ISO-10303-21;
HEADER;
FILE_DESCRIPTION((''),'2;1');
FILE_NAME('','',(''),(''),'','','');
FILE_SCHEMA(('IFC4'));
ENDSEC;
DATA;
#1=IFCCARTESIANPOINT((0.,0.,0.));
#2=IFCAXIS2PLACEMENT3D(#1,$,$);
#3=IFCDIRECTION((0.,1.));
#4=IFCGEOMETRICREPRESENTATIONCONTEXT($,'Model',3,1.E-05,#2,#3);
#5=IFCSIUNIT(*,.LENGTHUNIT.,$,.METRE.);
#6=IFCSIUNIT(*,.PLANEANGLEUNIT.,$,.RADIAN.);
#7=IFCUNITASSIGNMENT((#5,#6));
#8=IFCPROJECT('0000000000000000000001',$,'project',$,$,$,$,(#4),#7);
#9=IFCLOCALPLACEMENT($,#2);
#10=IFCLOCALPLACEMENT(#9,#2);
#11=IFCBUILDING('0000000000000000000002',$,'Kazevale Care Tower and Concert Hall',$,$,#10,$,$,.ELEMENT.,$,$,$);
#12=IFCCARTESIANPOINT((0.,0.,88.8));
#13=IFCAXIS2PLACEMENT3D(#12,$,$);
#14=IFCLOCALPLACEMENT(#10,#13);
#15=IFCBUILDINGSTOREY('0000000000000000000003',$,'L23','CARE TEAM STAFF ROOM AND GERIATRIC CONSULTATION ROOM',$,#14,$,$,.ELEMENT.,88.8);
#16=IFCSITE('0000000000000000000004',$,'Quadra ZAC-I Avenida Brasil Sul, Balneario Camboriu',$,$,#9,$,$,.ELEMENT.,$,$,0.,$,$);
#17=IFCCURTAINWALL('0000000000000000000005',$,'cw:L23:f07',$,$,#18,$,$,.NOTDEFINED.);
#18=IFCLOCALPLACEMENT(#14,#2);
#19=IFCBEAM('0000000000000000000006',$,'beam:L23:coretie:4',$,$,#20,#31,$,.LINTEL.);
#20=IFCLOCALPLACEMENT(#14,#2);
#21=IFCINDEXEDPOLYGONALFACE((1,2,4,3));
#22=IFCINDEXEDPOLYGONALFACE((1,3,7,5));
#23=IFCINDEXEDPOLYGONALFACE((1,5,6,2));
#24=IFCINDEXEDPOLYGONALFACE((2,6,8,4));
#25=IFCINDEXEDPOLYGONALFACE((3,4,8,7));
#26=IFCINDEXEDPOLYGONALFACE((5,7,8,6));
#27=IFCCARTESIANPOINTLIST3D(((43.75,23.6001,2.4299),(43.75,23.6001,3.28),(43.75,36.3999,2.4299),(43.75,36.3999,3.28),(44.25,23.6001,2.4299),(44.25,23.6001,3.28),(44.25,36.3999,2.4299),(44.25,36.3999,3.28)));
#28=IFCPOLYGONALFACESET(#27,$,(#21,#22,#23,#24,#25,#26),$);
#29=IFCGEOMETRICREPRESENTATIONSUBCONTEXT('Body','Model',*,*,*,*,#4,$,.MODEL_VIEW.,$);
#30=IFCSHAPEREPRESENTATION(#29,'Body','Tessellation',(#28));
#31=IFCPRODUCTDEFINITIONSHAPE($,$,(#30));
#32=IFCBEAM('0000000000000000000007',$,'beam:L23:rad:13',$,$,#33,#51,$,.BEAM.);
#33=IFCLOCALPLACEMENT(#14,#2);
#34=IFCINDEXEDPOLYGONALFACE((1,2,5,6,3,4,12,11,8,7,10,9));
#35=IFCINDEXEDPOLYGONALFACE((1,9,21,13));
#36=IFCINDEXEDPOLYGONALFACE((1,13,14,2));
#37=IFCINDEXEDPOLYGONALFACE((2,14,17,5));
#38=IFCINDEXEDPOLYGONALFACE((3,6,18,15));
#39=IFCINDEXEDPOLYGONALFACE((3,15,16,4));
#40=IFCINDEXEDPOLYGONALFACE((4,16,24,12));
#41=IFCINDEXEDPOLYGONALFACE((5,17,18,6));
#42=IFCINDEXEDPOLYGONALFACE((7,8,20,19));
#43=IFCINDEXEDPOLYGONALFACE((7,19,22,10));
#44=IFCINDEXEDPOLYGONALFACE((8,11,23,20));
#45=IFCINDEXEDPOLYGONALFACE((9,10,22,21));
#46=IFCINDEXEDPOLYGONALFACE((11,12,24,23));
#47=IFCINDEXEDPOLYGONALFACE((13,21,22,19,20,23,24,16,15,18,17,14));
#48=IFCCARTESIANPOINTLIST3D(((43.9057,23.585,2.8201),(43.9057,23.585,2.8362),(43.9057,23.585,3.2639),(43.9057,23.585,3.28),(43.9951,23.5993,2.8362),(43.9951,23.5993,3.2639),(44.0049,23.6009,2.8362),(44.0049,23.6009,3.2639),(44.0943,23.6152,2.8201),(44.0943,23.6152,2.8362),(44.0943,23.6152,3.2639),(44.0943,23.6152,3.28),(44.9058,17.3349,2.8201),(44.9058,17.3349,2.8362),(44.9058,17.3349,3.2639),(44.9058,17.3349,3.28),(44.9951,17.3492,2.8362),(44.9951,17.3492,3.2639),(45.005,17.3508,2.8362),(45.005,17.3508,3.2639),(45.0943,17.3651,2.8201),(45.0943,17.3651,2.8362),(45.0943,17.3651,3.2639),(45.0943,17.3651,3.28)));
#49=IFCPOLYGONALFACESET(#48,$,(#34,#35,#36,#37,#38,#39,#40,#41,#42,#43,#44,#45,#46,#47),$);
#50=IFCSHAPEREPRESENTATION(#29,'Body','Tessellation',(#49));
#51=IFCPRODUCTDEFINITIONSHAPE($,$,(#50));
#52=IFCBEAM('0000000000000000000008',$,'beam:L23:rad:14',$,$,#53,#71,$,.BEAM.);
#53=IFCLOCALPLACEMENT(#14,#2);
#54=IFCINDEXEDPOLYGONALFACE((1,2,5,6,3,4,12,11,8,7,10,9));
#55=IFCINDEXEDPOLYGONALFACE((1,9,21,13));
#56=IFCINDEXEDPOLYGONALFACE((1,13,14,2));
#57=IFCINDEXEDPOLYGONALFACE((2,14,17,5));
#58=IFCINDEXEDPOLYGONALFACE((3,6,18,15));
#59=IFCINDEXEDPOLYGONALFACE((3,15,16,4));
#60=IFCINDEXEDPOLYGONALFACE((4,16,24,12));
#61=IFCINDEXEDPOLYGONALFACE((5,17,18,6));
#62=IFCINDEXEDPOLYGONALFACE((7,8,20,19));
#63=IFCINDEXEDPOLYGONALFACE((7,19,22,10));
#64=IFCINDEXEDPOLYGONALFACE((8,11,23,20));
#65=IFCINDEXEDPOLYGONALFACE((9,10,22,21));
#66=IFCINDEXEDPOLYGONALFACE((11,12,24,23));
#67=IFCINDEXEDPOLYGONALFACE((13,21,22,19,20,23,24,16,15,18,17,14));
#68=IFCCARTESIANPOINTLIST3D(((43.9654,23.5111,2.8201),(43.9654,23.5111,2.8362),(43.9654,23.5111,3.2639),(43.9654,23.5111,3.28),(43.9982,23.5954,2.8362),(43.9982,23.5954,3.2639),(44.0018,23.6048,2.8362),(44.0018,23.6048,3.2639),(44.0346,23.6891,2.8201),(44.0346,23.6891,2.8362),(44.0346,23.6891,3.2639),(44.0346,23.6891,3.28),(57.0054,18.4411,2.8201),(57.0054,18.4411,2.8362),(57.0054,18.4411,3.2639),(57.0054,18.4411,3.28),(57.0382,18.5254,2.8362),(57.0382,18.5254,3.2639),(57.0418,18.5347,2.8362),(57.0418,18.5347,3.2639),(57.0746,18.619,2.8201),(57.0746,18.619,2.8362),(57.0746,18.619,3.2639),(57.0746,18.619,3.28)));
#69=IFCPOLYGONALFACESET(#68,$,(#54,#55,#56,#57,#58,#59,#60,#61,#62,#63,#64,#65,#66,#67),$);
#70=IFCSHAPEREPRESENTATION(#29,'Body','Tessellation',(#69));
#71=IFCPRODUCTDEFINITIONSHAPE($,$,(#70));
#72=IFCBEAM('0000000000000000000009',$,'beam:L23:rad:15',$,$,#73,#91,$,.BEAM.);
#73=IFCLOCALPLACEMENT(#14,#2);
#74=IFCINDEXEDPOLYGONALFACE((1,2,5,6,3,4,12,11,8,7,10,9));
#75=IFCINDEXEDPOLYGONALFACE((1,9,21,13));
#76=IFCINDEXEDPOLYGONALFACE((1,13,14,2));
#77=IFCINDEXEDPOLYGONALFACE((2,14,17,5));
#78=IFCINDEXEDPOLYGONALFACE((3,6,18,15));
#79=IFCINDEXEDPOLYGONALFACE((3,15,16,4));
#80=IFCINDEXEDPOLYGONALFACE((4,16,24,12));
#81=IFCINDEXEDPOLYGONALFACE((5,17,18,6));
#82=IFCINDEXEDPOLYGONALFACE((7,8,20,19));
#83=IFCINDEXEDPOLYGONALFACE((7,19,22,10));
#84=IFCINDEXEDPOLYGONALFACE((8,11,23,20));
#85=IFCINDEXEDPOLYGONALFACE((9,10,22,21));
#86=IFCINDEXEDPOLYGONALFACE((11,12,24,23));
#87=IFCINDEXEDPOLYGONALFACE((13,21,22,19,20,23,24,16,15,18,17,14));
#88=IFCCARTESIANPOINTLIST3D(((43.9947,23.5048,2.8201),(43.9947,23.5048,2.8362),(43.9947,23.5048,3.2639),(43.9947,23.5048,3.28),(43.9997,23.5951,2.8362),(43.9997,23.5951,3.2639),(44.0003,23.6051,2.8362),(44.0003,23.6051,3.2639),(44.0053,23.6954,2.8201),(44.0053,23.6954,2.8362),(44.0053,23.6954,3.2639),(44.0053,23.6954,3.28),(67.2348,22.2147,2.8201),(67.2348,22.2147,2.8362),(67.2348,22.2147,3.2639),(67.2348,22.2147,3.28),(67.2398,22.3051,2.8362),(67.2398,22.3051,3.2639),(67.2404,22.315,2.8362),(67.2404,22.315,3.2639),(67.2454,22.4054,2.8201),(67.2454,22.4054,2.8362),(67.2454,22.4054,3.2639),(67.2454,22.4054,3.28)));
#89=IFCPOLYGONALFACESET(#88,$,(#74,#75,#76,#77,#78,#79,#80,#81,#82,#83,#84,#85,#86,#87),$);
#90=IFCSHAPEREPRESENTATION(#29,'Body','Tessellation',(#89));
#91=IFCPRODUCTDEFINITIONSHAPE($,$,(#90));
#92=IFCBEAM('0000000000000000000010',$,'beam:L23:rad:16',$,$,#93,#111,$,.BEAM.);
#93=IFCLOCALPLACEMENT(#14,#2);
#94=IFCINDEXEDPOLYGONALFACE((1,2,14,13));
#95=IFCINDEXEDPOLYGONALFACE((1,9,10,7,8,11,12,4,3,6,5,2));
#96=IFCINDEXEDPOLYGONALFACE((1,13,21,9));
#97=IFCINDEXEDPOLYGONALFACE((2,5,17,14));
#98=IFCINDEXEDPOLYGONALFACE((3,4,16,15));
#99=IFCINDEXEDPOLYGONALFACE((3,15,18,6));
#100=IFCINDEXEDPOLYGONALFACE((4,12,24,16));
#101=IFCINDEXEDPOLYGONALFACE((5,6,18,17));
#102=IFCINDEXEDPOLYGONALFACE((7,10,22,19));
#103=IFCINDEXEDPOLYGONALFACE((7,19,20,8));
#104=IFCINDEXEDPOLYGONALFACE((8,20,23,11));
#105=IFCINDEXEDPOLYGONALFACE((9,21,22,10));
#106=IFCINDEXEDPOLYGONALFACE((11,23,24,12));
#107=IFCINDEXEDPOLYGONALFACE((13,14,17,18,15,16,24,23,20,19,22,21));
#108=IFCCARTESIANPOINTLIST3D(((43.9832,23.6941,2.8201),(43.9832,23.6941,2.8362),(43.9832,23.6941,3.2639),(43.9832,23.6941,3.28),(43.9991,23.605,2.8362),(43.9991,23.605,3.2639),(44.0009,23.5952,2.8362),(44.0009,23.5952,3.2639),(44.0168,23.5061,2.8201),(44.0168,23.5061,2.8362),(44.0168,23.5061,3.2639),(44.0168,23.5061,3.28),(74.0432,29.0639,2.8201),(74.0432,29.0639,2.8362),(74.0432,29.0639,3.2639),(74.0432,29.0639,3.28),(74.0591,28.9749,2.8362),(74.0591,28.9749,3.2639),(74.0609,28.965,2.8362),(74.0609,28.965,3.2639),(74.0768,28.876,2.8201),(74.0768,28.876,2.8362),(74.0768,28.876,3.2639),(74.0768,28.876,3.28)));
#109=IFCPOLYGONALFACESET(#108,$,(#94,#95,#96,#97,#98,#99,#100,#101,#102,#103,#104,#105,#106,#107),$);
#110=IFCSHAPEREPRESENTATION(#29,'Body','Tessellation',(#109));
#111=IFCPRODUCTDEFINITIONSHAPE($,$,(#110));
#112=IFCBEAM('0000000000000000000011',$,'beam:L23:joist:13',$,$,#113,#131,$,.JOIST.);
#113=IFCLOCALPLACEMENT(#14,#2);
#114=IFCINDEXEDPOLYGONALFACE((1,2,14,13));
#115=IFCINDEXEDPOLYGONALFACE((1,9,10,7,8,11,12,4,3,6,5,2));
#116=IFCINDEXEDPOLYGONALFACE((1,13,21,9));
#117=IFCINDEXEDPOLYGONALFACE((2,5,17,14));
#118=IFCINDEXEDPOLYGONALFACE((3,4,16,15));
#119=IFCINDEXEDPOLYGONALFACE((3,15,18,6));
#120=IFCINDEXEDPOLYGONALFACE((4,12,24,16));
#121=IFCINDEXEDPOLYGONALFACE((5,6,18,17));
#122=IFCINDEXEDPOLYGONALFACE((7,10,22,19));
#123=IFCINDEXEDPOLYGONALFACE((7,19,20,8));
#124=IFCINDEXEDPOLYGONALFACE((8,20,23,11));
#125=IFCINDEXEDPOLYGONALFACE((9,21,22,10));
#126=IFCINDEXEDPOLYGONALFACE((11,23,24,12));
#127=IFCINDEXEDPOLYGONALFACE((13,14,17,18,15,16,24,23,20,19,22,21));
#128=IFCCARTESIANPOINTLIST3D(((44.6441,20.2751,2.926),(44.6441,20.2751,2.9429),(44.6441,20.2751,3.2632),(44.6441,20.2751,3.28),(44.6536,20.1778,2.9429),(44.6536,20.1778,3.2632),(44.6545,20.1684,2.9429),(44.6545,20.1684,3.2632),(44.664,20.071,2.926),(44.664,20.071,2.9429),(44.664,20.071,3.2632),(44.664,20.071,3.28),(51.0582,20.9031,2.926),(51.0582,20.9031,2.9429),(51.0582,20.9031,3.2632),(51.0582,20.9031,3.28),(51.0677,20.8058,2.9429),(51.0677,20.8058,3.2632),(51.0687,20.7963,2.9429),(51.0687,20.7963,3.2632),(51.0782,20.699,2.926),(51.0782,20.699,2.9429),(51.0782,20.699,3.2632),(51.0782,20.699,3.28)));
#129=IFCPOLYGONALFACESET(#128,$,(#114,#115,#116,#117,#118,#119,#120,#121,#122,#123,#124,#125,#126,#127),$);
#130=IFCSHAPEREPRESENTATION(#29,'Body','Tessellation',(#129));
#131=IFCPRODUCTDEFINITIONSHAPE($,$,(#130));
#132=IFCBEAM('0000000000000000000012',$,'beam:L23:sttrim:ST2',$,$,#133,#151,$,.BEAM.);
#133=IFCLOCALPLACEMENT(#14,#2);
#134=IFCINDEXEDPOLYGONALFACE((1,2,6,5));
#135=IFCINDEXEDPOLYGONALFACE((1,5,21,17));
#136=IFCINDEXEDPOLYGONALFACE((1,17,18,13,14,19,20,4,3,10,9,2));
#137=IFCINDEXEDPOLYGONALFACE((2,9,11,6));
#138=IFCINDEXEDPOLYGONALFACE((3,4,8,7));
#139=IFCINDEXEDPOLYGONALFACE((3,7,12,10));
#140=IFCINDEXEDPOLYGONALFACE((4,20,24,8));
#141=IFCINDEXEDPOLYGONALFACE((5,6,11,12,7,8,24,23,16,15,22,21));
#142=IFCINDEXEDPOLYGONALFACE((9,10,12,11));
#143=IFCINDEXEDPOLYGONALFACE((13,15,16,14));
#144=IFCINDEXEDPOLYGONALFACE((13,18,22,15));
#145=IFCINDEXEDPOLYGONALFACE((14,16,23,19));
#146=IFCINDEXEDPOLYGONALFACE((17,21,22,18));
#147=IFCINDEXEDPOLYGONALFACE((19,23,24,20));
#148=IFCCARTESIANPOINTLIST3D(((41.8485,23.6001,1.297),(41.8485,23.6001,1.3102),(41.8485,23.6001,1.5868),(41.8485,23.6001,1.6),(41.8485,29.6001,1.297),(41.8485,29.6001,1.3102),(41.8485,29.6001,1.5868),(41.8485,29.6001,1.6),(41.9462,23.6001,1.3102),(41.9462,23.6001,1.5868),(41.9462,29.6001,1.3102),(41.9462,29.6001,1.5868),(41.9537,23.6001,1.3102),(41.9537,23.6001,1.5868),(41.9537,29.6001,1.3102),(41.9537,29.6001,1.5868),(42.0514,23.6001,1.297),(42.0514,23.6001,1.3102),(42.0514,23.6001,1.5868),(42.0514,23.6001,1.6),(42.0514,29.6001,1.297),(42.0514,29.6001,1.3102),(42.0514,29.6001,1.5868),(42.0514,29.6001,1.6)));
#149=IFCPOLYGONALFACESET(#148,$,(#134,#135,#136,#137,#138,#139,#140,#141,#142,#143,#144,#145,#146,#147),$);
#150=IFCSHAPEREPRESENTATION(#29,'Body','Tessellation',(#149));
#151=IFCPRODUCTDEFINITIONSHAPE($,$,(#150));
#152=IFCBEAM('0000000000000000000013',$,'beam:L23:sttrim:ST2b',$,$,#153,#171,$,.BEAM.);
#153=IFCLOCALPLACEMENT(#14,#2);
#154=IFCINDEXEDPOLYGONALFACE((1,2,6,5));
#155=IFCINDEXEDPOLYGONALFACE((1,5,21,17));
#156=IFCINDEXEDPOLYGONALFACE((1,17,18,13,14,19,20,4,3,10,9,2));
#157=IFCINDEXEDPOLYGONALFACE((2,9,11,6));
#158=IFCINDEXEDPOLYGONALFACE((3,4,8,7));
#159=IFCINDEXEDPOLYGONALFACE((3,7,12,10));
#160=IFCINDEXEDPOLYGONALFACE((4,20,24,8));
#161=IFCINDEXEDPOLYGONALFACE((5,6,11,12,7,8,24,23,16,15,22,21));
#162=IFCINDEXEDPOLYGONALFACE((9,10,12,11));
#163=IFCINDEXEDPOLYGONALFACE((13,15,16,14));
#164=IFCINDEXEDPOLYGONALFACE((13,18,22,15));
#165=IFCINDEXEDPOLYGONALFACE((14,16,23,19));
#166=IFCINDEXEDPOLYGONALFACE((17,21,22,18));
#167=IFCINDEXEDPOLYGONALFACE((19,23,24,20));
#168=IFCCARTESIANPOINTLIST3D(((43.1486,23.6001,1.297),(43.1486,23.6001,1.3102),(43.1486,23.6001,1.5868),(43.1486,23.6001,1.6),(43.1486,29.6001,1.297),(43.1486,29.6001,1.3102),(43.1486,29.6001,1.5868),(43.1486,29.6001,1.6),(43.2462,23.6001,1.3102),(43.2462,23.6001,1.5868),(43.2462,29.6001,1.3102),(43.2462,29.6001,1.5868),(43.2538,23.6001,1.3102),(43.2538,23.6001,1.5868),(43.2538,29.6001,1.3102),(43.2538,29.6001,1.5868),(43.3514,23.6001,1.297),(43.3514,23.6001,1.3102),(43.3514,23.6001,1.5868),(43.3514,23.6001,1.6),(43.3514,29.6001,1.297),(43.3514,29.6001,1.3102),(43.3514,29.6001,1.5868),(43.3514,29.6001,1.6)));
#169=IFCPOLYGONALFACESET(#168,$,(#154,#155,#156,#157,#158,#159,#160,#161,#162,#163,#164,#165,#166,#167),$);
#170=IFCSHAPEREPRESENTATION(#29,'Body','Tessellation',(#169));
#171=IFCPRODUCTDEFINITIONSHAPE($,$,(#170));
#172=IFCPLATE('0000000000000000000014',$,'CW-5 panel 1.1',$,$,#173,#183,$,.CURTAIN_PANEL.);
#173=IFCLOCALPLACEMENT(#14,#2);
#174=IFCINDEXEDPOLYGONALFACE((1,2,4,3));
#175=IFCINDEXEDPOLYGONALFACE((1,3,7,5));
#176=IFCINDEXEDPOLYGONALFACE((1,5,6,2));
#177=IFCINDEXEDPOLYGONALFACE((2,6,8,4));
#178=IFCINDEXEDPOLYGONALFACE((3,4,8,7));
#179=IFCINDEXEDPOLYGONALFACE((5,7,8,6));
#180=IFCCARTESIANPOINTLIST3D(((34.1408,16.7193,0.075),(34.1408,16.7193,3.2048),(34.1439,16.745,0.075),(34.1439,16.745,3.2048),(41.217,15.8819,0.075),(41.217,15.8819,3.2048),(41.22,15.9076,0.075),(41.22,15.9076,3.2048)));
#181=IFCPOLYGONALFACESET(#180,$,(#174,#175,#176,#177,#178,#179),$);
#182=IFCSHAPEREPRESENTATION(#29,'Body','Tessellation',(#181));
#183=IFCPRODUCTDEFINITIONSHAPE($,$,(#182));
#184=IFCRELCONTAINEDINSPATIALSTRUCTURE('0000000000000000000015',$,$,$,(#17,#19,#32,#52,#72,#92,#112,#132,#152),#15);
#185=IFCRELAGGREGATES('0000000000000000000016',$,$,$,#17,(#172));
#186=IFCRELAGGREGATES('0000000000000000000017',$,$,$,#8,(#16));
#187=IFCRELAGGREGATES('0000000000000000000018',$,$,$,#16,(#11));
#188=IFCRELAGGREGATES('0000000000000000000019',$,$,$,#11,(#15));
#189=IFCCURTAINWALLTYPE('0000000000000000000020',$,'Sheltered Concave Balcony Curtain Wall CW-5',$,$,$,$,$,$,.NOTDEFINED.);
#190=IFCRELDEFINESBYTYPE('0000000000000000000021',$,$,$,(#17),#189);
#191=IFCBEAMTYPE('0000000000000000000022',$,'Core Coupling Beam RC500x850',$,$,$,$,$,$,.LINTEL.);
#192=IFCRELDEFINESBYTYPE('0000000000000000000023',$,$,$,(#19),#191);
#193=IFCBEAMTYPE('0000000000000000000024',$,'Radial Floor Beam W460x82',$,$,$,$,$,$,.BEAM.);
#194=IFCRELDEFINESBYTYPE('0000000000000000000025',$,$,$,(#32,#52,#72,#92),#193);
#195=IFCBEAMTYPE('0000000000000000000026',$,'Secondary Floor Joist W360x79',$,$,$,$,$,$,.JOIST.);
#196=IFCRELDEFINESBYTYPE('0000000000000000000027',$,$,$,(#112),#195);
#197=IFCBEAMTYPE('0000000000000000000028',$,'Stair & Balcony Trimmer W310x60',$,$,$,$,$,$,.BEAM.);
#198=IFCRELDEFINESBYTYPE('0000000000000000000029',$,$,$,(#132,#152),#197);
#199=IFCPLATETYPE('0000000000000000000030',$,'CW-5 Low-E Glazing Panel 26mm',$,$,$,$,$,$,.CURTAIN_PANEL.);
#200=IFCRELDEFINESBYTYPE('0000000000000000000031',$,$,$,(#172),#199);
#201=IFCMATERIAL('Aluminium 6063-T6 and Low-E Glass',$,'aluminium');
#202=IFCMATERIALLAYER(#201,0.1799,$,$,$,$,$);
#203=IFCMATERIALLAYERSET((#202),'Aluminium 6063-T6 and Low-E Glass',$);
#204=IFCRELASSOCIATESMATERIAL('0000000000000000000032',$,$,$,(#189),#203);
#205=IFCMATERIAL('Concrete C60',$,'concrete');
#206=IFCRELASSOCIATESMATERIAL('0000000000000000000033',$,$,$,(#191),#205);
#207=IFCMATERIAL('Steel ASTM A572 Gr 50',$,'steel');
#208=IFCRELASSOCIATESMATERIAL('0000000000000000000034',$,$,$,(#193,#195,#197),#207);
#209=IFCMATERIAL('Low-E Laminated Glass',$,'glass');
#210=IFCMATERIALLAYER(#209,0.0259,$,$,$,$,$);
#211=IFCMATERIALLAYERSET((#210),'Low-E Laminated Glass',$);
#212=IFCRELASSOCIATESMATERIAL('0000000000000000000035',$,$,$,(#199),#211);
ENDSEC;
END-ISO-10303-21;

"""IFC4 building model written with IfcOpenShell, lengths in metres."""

from ifc_helpers import new_model, si_unit, direction, frame, origin, origin_2d, place, context, subcontext, project, spatial, rectangle, i_section, extrude, material, layer, layer_set, material_profile, profile_set, type_object, element, aggregate, save


model = new_model("IFC4")

# Units and contexts
model_context = context("Model", 3, precision=1e-05, world=origin(), true_north=direction((0.0, 1.0)))
body_context = subcontext(model_context, "Body", "Model", "MODEL_VIEW")
ifc_project = project(units=[si_unit("LENGTHUNIT", "METRE"), si_unit("PLANEANGLEUNIT", "RADIAN")], contexts=[model_context])

# Site, building, storey
site_placement = place(None, origin())
site = spatial("IfcSite", under=ifc_project, at=site_placement, Name="Quadra ZAC-I Avenida Brasil Sul, Balneario Camboriu", CompositionType="ELEMENT", RefElevation=0.0)
building_placement = place(site_placement, origin())
building = spatial("IfcBuilding", under=site, at=building_placement, Name="Kazevale Care Tower and Concert Hall", CompositionType="ELEMENT")
storey_placement = place(building_placement, frame((0.0, 0.0, 88.8)))
storey = spatial("IfcBuildingStorey", under=building, at=storey_placement, Name="L23", Description="CARE TEAM STAFF ROOM AND GERIATRIC CONSULTATION ROOM", CompositionType="ELEMENT", Elevation=88.8)

# Shared definitions
ifc_material_1 = material(Name="Aluminium 6063-T6 and Low-E Glass", Category="aluminium")
ifc_layer_1 = layer(ifc_material_1, 0.1799)
ifc_layer_set_1 = layer_set([ifc_layer_1], Name="Aluminium 6063-T6 and Low-E Glass")
curtain_wall_type = type_object("IfcCurtainWallType", Name="Sheltered Concave Balcony Curtain Wall CW-5", PredefinedType="NOTDEFINED", material=ifc_layer_set_1)

# Curtain wall
curtain_wall_1_placement = place(storey_placement, origin())
curtain_wall_1 = element("IfcCurtainWall", 1, at=curtain_wall_1_placement, inside=storey, type_object=curtain_wall_type, Name="cw:L23:f07", PredefinedType="NOTDEFINED")

# Beams
ifc_material_2 = material(Name="Concrete C60", Category="concrete")
ifc_material_profile_1 = material_profile(ifc_material_2, rectangle(XDim=0.5, YDim=0.8501, at=origin_2d()), Name="RC-B500x850")
ifc_profile_set_1 = profile_set([ifc_material_profile_1], Name="Concrete C60")
beam_type_1 = type_object("IfcBeamType", Name="Core Coupling Beam RC500x850", PredefinedType="LINTEL", material=ifc_profile_set_1)
beam_1_placement = place(storey_placement, frame((44.0, 23.6001, 2.855), z_axis=(0.0, 1.0, 0.0), x_axis=(-1.0, 0.0, 0.0)))
element("IfcBeam", 2, at=beam_1_placement, inside=storey, type_object=beam_type_1, Name="beam:L23:coretie:4", PredefinedType="LINTEL", context=body_context, shape_type="SweptSolid", body=[
    extrude(rectangle(XDim=0.5, YDim=0.8501, at=origin_2d()), origin(), (0.0, 0.0, 1.0), 12.7998),
])
ifc_material_3 = material(Name="Steel ASTM A572 Gr 50", Category="steel")
ifc_material_profile_2 = material_profile(ifc_material_3, i_section(OverallWidth=0.1909, OverallDepth=0.46, WebThickness=0.01, FlangeThickness=0.0161, at=origin_2d()), Name="W460x82")
ifc_profile_set_2 = profile_set([ifc_material_profile_2], Name="Steel ASTM A572 Gr 50")
beam_type_2 = type_object("IfcBeamType", Name="Radial Floor Beam W460x82", PredefinedType="BEAM", material=ifc_profile_set_2)
beam_2_placement = place(storey_placement, frame((44.0, 23.6001, 3.05), z_axis=(0.157991, -0.987441, 0.0), x_axis=(0.987441, 0.157991, 0.0)))
element("IfcBeam", 3, at=beam_2_placement, inside=storey, type_object=beam_type_2, Name="beam:L23:rad:13", PredefinedType="BEAM", context=body_context, shape_type="SweptSolid", body=[
    extrude(i_section(OverallWidth=0.1909, OverallDepth=0.46, WebThickness=0.01, FlangeThickness=0.0161, at=origin_2d()), origin(), (0.0, 0.0, 1.0), 6.3296),
])
beam_3_placement = place(storey_placement, frame((44.0, 23.6001, 3.05), z_axis=(0.93203, -0.362381, 0.0), x_axis=(0.362381, 0.93203, 0.0)))
element("IfcBeam", 4, at=beam_3_placement, inside=storey, type_object=beam_type_2, Name="beam:L23:rad:14", PredefinedType="BEAM", context=body_context, shape_type="SweptSolid", body=[
    extrude(i_section(OverallWidth=0.1909, OverallDepth=0.46, WebThickness=0.01, FlangeThickness=0.0161, at=origin_2d()), origin(), (0.0, 0.0, 1.0), 13.991),
])
beam_4_placement = place(storey_placement, frame((44.0, 23.6001, 3.05), z_axis=(0.998463, -0.055424, 0.0), x_axis=(0.055424, 0.998463, 0.0)))
element("IfcBeam", 5, at=beam_4_placement, inside=storey, type_object=beam_type_2, Name="beam:L23:rad:15", PredefinedType="BEAM", context=body_context, shape_type="SweptSolid", body=[
    extrude(i_section(OverallWidth=0.1909, OverallDepth=0.46, WebThickness=0.01, FlangeThickness=0.0161, at=origin_2d()), origin(), (0.0, 0.0, 1.0), 23.2759),
])
beam_5_placement = place(storey_placement, frame((44.0, 23.6001, 3.05), z_axis=(0.984416, 0.175854, 0.0), x_axis=(-0.175854, 0.984416, 0.0)))
element("IfcBeam", 6, at=beam_5_placement, inside=storey, type_object=beam_type_2, Name="beam:L23:rad:16", PredefinedType="BEAM", context=body_context, shape_type="SweptSolid", body=[
    extrude(i_section(OverallWidth=0.1909, OverallDepth=0.46, WebThickness=0.01, FlangeThickness=0.0161, at=origin_2d()), origin(), (0.0, 0.0, 1.0), 30.5359),
])
ifc_material_profile_3 = material_profile(ifc_material_3, i_section(OverallWidth=0.2051, OverallDepth=0.354, WebThickness=0.0095, FlangeThickness=0.0168, at=origin_2d()), Name="W360x79")
ifc_profile_set_3 = profile_set([ifc_material_profile_3], Name="Steel ASTM A572 Gr 50")
beam_type_3 = type_object("IfcBeamType", Name="Secondary Floor Joist W360x79", PredefinedType="JOIST", material=ifc_profile_set_3)
beam_6_placement = place(storey_placement, frame((44.6541, 20.1731, 3.103), z_axis=(0.995242, 0.097433, 0.0), x_axis=(-0.097433, 0.995242, 0.0)))
element("IfcBeam", 7, at=beam_6_placement, inside=storey, type_object=beam_type_3, Name="beam:L23:joist:13", PredefinedType="JOIST", context=body_context, shape_type="SweptSolid", body=[
    extrude(i_section(OverallWidth=0.2051, OverallDepth=0.354, WebThickness=0.0095, FlangeThickness=0.0168, at=origin_2d()), origin(), (0.0, 0.0, 1.0), 6.4448),
])
ifc_material_profile_4 = material_profile(ifc_material_3, i_section(OverallWidth=0.2029, OverallDepth=0.303, WebThickness=0.0076, FlangeThickness=0.0132, at=origin_2d()), Name="W310x60")
ifc_profile_set_4 = profile_set([ifc_material_profile_4], Name="Steel ASTM A572 Gr 50")
beam_type_4 = type_object("IfcBeamType", Name="Stair & Balcony Trimmer W310x60", PredefinedType="BEAM", material=ifc_profile_set_4)
for number, where, z_axis, x_axis, name in (
    (8, (41.95, 23.6001, 1.4485), (0.0, 1.0, 0.0), (-1.0, 0.0, 0.0), "beam:L23:sttrim:ST2"),
    (9, (43.25, 23.6001, 1.4485), (0.0, 1.0, 0.0), (-1.0, 0.0, 0.0), "beam:L23:sttrim:ST2b"),
):
    element("IfcBeam", number, at=place(storey_placement, frame(where, z_axis=z_axis, x_axis=x_axis)), inside=storey, type_object=beam_type_4, Name=name, PredefinedType="BEAM", context=body_context, shape_type="SweptSolid", body=[
        extrude(i_section(OverallWidth=0.2029, OverallDepth=0.303, WebThickness=0.0076, FlangeThickness=0.0132, at=origin_2d()), origin(), (0.0, 0.0, 1.0), 6.0),
    ])

# Plate
ifc_material_4 = material(Name="Low-E Laminated Glass", Category="glass")
ifc_layer_2 = layer(ifc_material_4, 0.0259)
ifc_layer_set_2 = layer_set([ifc_layer_2], Name="Low-E Laminated Glass")
plate_type = type_object("IfcPlateType", Name="CW-5 Low-E Glazing Panel 26mm", PredefinedType="CURTAIN_PANEL", material=ifc_layer_set_2)
plate_placement = place(storey_placement, frame((37.6804, 16.3135, 0.075), z_axis=(0.0, 0.0, 1.0), x_axis=(-0.993071, 0.117519, 0.0)))
plate = element("IfcPlate", 10, at=plate_placement, type_object=plate_type, Name="CW-5 panel 1.1", PredefinedType="CURTAIN_PANEL", context=body_context, shape_type="SweptSolid", body=[
    extrude(rectangle(XDim=7.1255, YDim=0.0259, at=origin_2d()), origin(), (0.0, 0.0, 1.0), 3.1299),
])
aggregate(curtain_wall_1, [plate])

save(model, "model.ifc")
